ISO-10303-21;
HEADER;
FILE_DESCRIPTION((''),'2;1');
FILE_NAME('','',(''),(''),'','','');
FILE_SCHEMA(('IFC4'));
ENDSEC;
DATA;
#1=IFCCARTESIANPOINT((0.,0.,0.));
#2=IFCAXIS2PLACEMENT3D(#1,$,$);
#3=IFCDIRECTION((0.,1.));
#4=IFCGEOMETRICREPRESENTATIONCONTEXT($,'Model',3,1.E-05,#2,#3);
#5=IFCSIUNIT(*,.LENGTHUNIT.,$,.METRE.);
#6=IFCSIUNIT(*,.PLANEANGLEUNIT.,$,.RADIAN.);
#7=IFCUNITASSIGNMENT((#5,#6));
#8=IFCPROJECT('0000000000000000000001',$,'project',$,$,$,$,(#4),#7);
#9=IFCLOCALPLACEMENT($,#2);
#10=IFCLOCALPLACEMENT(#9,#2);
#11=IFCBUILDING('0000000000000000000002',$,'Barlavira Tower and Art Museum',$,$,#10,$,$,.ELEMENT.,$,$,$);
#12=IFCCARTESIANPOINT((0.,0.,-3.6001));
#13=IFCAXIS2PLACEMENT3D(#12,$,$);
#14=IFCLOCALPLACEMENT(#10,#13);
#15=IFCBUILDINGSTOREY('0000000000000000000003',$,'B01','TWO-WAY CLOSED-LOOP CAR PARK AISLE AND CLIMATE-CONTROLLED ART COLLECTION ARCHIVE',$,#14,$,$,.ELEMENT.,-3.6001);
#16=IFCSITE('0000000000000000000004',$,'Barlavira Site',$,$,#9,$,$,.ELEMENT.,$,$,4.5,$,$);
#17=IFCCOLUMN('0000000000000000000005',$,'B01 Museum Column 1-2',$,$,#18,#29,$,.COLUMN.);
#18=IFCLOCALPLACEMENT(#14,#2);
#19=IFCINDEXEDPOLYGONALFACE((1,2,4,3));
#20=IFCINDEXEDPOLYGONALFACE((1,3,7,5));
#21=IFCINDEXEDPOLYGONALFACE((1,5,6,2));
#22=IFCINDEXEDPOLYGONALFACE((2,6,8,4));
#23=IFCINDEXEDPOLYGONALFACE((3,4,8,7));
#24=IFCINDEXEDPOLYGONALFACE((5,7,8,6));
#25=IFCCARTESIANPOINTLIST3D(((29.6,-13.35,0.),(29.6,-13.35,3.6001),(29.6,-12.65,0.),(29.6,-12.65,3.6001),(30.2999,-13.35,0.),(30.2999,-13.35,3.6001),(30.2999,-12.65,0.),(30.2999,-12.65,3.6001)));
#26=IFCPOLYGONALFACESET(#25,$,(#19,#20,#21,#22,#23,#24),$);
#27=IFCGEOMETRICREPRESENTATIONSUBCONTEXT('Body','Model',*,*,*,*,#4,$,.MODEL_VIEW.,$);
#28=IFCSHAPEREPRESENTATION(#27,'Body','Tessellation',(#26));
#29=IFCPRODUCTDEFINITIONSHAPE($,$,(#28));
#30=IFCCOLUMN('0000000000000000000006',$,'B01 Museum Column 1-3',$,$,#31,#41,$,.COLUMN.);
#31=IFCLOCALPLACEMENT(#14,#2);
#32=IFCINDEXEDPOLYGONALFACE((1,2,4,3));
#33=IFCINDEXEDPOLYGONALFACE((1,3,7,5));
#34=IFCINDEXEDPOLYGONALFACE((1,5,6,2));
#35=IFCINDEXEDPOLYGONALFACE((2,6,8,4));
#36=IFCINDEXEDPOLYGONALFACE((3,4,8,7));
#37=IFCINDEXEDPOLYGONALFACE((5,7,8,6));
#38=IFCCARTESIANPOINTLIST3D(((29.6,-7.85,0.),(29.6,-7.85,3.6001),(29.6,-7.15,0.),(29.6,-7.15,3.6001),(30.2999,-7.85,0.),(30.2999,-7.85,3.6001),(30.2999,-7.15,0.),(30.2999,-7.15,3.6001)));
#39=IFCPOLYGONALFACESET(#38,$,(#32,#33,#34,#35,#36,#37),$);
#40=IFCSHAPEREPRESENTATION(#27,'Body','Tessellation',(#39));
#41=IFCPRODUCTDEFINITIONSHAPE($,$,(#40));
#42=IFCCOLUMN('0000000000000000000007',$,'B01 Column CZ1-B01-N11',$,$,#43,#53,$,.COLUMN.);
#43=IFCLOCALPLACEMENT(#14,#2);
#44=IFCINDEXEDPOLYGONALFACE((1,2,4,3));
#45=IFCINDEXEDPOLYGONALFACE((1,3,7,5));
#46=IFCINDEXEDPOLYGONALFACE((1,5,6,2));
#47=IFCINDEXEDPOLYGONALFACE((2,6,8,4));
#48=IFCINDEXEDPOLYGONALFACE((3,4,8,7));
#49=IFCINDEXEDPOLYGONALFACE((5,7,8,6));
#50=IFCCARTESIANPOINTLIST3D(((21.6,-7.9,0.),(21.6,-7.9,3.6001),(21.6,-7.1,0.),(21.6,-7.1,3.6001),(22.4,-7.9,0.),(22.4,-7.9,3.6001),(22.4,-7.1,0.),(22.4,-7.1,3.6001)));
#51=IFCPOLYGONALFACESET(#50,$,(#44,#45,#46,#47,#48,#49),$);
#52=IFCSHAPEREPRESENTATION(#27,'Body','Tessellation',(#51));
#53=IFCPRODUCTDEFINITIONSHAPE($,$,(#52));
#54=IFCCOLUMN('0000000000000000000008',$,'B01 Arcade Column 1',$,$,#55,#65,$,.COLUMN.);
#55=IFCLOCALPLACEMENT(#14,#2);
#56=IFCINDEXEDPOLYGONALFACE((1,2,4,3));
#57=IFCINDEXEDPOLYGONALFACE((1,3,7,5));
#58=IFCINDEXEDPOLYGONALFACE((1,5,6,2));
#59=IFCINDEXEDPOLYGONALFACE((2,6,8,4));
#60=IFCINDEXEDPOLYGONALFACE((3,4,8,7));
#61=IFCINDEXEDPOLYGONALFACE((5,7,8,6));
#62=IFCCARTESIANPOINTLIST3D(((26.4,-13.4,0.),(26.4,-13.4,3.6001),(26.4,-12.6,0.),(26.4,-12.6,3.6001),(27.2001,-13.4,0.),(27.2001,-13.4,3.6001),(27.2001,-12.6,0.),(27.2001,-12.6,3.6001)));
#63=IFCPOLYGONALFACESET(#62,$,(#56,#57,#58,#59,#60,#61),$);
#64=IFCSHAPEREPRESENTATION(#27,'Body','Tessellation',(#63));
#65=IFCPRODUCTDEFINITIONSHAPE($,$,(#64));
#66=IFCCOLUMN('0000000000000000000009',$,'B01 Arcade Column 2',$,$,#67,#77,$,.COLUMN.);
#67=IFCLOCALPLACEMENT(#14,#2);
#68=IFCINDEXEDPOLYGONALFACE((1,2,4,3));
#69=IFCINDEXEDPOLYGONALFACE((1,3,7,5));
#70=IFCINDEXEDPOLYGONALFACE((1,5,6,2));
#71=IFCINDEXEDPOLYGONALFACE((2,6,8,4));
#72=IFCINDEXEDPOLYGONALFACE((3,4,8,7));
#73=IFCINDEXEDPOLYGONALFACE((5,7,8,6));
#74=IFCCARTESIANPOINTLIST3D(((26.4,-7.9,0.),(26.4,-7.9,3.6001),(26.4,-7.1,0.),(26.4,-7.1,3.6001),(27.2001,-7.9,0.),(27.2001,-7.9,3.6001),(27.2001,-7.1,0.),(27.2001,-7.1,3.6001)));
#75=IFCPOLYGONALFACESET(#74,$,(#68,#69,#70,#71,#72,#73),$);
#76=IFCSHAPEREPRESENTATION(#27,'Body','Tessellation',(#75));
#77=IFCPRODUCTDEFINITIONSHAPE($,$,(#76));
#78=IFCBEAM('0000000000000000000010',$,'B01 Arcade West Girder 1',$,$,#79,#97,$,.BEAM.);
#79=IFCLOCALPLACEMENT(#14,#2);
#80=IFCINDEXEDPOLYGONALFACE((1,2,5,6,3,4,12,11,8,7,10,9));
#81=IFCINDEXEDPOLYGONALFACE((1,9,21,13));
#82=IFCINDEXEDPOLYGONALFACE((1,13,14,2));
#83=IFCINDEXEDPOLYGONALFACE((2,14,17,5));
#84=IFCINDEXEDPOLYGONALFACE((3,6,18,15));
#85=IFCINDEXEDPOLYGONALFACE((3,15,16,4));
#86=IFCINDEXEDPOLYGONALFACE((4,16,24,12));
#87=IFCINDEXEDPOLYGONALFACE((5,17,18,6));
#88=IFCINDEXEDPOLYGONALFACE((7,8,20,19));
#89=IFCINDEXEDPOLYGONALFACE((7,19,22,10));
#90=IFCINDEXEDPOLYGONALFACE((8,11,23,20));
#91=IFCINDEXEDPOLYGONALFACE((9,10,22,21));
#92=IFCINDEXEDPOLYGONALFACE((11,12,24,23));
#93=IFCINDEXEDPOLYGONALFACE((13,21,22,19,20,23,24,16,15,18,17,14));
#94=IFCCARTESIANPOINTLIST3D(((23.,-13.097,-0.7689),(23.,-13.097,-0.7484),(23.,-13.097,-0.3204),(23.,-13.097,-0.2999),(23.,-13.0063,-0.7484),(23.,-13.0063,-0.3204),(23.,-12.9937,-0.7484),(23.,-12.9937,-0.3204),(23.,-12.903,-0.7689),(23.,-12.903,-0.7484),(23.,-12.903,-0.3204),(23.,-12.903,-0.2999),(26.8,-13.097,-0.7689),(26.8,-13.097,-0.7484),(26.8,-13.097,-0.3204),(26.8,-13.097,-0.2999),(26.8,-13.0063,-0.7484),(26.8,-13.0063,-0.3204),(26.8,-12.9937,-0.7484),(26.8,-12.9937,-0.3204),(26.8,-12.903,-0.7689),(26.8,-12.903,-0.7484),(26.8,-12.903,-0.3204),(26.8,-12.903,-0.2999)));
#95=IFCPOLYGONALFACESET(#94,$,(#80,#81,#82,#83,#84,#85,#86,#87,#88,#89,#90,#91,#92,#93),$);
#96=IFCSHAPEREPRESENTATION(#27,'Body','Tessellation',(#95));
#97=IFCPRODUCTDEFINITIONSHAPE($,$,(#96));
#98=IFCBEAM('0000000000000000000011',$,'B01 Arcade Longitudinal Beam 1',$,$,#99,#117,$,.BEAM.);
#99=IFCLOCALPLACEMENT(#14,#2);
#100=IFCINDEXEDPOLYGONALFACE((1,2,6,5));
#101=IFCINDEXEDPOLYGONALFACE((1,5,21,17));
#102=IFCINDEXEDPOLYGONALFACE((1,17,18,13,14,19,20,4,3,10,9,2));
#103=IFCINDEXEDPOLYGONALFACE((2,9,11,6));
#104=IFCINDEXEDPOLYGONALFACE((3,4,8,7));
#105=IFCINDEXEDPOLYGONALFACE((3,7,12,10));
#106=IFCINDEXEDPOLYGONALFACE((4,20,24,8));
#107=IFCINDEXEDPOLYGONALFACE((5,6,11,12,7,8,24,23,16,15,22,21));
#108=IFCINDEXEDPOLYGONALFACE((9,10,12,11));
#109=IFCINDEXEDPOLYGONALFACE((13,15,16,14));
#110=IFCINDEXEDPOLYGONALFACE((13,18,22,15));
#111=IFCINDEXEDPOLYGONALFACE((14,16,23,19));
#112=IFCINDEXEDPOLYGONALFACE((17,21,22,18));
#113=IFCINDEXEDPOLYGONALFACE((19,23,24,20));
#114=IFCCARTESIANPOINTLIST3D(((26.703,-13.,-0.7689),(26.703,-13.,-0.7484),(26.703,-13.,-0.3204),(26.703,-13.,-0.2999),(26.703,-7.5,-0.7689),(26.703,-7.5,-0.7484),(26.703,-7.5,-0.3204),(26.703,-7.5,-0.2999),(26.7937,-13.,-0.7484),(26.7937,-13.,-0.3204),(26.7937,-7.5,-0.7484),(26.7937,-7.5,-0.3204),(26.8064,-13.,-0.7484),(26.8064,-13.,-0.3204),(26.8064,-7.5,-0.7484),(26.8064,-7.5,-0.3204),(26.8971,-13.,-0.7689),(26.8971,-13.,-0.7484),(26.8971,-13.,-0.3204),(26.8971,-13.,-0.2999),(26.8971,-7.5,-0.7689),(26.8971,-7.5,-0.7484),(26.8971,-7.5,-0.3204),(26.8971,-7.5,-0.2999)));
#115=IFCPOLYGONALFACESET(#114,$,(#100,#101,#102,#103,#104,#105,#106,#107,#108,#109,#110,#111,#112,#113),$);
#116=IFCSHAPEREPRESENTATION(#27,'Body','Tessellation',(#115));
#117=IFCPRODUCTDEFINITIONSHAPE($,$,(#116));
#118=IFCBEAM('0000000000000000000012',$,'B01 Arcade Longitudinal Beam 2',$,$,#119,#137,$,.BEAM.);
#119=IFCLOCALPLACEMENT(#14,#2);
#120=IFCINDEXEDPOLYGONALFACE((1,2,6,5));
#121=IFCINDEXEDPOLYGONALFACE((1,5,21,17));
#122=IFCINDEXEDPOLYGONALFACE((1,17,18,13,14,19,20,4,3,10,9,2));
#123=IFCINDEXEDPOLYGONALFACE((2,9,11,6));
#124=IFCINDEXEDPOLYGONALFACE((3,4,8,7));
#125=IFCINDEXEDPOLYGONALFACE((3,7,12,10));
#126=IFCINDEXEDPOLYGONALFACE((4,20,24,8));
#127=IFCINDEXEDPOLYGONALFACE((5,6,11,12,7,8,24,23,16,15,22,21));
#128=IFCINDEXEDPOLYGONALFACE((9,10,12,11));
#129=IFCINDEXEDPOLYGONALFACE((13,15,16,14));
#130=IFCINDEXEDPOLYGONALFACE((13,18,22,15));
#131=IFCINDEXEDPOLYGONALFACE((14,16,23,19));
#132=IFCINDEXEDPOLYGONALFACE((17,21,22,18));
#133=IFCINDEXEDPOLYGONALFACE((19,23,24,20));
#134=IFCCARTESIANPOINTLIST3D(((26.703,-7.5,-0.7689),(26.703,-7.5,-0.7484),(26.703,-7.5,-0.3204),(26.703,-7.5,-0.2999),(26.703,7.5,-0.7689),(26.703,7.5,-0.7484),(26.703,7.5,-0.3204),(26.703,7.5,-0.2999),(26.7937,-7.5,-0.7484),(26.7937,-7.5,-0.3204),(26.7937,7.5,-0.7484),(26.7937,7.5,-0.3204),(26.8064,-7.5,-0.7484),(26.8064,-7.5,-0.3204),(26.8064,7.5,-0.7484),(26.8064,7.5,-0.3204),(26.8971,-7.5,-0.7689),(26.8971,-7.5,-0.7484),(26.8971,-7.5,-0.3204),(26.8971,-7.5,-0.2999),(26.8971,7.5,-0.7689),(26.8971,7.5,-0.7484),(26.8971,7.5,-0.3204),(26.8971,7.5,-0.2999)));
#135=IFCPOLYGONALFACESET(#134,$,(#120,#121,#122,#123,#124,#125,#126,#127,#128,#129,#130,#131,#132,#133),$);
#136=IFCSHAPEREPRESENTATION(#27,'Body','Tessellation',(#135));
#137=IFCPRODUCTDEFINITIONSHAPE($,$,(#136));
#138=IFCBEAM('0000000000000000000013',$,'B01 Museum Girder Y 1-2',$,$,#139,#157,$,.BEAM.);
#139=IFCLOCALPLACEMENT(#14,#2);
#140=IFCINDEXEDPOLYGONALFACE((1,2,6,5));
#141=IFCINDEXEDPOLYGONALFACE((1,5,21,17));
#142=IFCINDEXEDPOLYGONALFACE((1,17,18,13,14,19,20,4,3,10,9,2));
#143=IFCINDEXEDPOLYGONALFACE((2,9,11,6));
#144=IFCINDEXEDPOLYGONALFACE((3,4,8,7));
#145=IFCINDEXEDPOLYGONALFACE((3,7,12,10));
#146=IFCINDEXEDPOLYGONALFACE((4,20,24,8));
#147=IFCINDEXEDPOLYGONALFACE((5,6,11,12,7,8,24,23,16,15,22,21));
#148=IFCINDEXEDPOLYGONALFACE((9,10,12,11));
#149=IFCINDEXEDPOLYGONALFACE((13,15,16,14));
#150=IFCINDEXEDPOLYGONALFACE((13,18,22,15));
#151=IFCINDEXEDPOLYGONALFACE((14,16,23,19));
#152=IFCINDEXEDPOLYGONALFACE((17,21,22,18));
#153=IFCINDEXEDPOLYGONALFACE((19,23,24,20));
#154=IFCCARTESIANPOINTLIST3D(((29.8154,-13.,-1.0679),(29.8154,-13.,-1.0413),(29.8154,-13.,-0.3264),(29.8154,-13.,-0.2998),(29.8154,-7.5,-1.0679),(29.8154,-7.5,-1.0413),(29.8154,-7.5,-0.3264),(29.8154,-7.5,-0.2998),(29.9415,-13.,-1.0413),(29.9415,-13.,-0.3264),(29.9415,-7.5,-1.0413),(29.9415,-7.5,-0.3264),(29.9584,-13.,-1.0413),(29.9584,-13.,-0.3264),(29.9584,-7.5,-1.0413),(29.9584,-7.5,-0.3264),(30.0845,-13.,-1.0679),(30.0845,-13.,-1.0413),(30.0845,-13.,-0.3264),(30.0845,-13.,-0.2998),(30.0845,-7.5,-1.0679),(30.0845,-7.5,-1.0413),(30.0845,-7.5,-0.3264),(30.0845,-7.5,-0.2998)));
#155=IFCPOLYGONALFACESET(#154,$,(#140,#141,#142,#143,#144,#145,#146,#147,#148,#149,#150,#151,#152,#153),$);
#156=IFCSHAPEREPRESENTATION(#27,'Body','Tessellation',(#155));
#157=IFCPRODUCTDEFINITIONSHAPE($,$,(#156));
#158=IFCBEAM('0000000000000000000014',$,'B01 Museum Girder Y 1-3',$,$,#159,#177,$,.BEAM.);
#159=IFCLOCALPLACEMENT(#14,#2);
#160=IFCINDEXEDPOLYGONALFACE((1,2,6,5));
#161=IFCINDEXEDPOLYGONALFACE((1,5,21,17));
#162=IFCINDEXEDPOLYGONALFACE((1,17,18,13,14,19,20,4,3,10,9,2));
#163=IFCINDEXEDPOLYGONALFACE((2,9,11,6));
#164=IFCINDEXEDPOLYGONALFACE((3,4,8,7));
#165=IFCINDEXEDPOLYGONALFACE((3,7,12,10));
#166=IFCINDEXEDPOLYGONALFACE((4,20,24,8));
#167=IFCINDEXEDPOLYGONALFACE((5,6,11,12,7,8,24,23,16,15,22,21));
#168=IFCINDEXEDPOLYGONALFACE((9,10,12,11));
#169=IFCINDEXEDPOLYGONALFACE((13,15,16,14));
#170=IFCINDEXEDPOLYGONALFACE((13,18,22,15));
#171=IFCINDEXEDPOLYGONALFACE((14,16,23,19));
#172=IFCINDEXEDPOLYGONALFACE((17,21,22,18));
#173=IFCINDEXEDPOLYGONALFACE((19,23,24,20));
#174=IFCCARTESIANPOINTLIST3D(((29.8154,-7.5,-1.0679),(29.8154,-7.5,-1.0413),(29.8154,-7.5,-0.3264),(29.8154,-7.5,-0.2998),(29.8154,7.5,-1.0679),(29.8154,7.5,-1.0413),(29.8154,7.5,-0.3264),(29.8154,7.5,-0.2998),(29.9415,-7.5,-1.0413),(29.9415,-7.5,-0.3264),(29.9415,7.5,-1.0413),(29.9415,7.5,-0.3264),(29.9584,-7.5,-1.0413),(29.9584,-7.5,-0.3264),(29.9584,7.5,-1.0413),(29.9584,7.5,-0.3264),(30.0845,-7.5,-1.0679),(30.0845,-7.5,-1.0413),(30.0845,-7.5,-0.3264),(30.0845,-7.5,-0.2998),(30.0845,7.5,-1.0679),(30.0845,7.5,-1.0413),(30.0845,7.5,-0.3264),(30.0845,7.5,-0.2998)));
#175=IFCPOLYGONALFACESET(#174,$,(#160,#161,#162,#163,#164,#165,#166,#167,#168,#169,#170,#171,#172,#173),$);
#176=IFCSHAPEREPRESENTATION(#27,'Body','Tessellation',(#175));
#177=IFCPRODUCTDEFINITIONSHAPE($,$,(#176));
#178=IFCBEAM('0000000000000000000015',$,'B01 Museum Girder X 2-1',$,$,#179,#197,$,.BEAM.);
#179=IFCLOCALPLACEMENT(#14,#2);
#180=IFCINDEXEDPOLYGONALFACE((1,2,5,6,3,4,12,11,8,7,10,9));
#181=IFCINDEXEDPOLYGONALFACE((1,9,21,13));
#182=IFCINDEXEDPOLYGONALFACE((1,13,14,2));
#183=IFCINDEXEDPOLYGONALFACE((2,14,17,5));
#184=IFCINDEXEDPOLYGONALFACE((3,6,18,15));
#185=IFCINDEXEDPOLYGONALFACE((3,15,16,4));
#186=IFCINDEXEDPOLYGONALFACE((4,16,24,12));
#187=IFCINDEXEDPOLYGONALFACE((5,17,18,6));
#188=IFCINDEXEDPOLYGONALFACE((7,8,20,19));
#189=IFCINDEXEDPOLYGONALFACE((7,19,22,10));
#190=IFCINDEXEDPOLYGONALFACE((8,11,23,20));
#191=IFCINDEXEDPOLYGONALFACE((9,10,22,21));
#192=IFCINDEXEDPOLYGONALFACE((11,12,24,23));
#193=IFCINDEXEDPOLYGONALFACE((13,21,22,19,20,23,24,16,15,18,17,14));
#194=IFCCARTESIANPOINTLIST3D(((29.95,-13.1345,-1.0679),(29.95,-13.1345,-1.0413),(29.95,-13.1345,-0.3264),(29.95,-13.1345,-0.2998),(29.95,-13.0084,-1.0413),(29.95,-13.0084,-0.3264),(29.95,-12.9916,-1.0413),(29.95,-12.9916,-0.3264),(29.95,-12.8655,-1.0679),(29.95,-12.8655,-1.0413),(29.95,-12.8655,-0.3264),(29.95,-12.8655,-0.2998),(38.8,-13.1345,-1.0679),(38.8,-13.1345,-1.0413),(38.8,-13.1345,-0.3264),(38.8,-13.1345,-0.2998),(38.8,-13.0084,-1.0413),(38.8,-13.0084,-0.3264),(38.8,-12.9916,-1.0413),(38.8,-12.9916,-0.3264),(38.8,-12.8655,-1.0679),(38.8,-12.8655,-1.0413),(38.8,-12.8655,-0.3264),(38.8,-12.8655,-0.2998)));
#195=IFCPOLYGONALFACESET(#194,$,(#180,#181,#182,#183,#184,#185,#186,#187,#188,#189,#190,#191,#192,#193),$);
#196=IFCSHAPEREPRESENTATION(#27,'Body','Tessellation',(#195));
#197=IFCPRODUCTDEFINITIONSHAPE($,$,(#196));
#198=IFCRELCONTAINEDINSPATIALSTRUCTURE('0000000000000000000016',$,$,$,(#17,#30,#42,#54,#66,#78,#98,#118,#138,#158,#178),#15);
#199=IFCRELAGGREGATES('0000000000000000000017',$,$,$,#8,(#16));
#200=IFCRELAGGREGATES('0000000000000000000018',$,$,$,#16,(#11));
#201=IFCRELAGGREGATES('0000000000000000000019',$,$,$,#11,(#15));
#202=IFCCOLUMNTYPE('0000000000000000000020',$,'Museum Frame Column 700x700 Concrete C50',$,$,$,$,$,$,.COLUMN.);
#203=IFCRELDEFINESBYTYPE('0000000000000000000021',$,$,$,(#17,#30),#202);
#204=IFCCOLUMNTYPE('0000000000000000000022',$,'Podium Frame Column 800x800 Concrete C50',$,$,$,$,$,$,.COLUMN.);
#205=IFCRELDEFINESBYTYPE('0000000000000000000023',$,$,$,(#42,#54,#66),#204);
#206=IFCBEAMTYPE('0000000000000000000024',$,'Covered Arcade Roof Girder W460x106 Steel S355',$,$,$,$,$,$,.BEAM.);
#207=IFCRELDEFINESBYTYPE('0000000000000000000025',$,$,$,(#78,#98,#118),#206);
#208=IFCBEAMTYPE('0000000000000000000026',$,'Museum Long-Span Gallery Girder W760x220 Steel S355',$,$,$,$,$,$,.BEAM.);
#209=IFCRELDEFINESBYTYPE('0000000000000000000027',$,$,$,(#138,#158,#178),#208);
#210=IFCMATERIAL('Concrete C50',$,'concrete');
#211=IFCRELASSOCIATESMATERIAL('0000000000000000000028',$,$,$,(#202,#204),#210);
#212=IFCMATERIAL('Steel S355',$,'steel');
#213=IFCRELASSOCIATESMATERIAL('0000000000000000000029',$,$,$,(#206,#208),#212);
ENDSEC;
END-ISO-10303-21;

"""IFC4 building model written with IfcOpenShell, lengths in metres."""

from ifc_helpers import new_model, si_unit, direction, frame, origin, origin_2d, place, context, subcontext, project, spatial, rectangle, i_section, extrude, material, material_profile, profile_set, type_object, element, save


model = new_model("IFC4")

# Units and contexts
model_context = context("Model", 3, precision=1e-05, world=origin(), true_north=direction((0.0, 1.0)))
body_context = subcontext(model_context, "Body", "Model", "MODEL_VIEW")
ifc_project = project(units=[si_unit("LENGTHUNIT", "METRE"), si_unit("PLANEANGLEUNIT", "RADIAN")], contexts=[model_context])

# Site, building, storey
site_placement = place(None, origin())
site = spatial("IfcSite", under=ifc_project, at=site_placement, Name="Barlavira Site", CompositionType="ELEMENT", RefElevation=4.5)
building_placement = place(site_placement, origin())
building = spatial("IfcBuilding", under=site, at=building_placement, Name="Barlavira Tower and Art Museum", CompositionType="ELEMENT")
storey_placement = place(building_placement, frame((0.0, 0.0, -3.6001)))
storey = spatial("IfcBuildingStorey", under=building, at=storey_placement, Name="B01", Description="TWO-WAY CLOSED-LOOP CAR PARK AISLE AND CLIMATE-CONTROLLED ART COLLECTION ARCHIVE", CompositionType="ELEMENT", Elevation=-3.6001)

# Columns
ifc_material_1 = material(Name="Concrete C50", Category="concrete")
ifc_material_profile_1 = material_profile(ifc_material_1, rectangle(XDim=0.7, YDim=0.7, at=origin_2d()), Name="RC-COL 700x700")
ifc_profile_set_1 = profile_set([ifc_material_profile_1], Name="Concrete C50")
column_type_1 = type_object("IfcColumnType", Name="Museum Frame Column 700x700 Concrete C50", PredefinedType="COLUMN", material=ifc_profile_set_1)
for number, where, z_axis, x_axis, name in (
    (1, (29.95, -13.0, 0.0), (0.0, 0.0, 1.0), (1.0, 0.0, 0.0), "B01 Museum Column 1-2"),
    (2, (29.95, -7.5, 0.0), (0.0, 0.0, 1.0), (1.0, 0.0, 0.0), "B01 Museum Column 1-3"),
):
    element("IfcColumn", number, at=place(storey_placement, frame(where, z_axis=z_axis, x_axis=x_axis)), inside=storey, type_object=column_type_1, Name=name, PredefinedType="COLUMN", context=body_context, shape_type="SweptSolid", body=[
        extrude(rectangle(XDim=0.7, YDim=0.7, at=origin_2d()), origin(), (0.0, 0.0, 1.0), 3.6001),
    ])
ifc_material_profile_2 = material_profile(ifc_material_1, rectangle(XDim=0.8, YDim=0.8, at=origin_2d()), Name="RC-COL 800x800")
ifc_profile_set_2 = profile_set([ifc_material_profile_2], Name="Concrete C50")
column_type_2 = type_object("IfcColumnType", Name="Podium Frame Column 800x800 Concrete C50", PredefinedType="COLUMN", material=ifc_profile_set_2)
for number, where, z_axis, x_axis, name in (
    (3, (22.0, -7.5, 0.0), (0.0, 0.0, 1.0), (1.0, 0.0, 0.0), "B01 Column CZ1-B01-N11"),
    (4, (26.8, -13.0, 0.0), (0.0, 0.0, 1.0), (1.0, 0.0, 0.0), "B01 Arcade Column 1"),
    (5, (26.8, -7.5, 0.0), (0.0, 0.0, 1.0), (1.0, 0.0, 0.0), "B01 Arcade Column 2"),
):
    element("IfcColumn", number, at=place(storey_placement, frame(where, z_axis=z_axis, x_axis=x_axis)), inside=storey, type_object=column_type_2, Name=name, PredefinedType="COLUMN", context=body_context, shape_type="SweptSolid", body=[
        extrude(rectangle(XDim=0.8, YDim=0.8, at=origin_2d()), origin(), (0.0, 0.0, 1.0), 3.6001),
    ])

# Beams
ifc_material_2 = material(Name="Steel S355", Category="steel")
ifc_material_profile_3 = material_profile(ifc_material_2, i_section(OverallWidth=0.1941, OverallDepth=0.469, WebThickness=0.0127, FlangeThickness=0.0205, at=origin_2d()), Name="W460x106.0")
ifc_profile_set_3 = profile_set([ifc_material_profile_3], Name="Steel S355")
beam_type_1 = type_object("IfcBeamType", Name="Covered Arcade Roof Girder W460x106 Steel S355", PredefinedType="BEAM", material=ifc_profile_set_3)
beam_1_placement = place(storey_placement, frame((23.0, -13.0, -0.5344), z_axis=(1.0, 0.0, 0.0), x_axis=(0.0, 1.0, 0.0)))
element("IfcBeam", 6, at=beam_1_placement, inside=storey, type_object=beam_type_1, Name="B01 Arcade West Girder 1", PredefinedType="BEAM", context=body_context, shape_type="SweptSolid", body=[
    extrude(i_section(OverallWidth=0.1941, OverallDepth=0.469, WebThickness=0.0127, FlangeThickness=0.0205, at=origin_2d()), origin(), (0.0, 0.0, 1.0), 3.8),
])
beam_2_placement = place(storey_placement, frame((26.8, -13.0, -0.5344), z_axis=(0.0, 1.0, 0.0), x_axis=(-1.0, 0.0, 0.0)))
element("IfcBeam", 7, at=beam_2_placement, inside=storey, type_object=beam_type_1, Name="B01 Arcade Longitudinal Beam 1", PredefinedType="BEAM", context=body_context, shape_type="SweptSolid", body=[
    extrude(i_section(OverallWidth=0.1941, OverallDepth=0.469, WebThickness=0.0127, FlangeThickness=0.0205, at=origin_2d()), origin(), (0.0, 0.0, 1.0), 5.5),
])
beam_3_placement = place(storey_placement, frame((26.8, -7.5, -0.5344), z_axis=(0.0, 1.0, 0.0), x_axis=(-1.0, 0.0, 0.0)))
element("IfcBeam", 8, at=beam_3_placement, inside=storey, type_object=beam_type_1, Name="B01 Arcade Longitudinal Beam 2", PredefinedType="BEAM", context=body_context, shape_type="SweptSolid", body=[
    extrude(i_section(OverallWidth=0.1941, OverallDepth=0.469, WebThickness=0.0127, FlangeThickness=0.0205, at=origin_2d()), origin(), (0.0, 0.0, 1.0), 15.0),
])
ifc_material_profile_4 = material_profile(ifc_material_2, i_section(OverallWidth=0.269, OverallDepth=0.7681, WebThickness=0.0168, FlangeThickness=0.0266, at=origin_2d()), Name="W760x220.0")
ifc_profile_set_4 = profile_set([ifc_material_profile_4], Name="Steel S355")
beam_type_2 = type_object("IfcBeamType", Name="Museum Long-Span Gallery Girder W760x220 Steel S355", PredefinedType="BEAM", material=ifc_profile_set_4)
beam_4_placement = place(storey_placement, frame((29.95, -13.0, -0.6838), z_axis=(0.0, 1.0, 0.0), x_axis=(-1.0, 0.0, 0.0)))
element("IfcBeam", 9, at=beam_4_placement, inside=storey, type_object=beam_type_2, Name="B01 Museum Girder Y 1-2", PredefinedType="BEAM", context=body_context, shape_type="SweptSolid", body=[
    extrude(i_section(OverallWidth=0.269, OverallDepth=0.7681, WebThickness=0.0168, FlangeThickness=0.0266, at=origin_2d()), origin(), (0.0, 0.0, 1.0), 5.5),
])
beam_5_placement = place(storey_placement, frame((29.95, -7.5, -0.6838), z_axis=(0.0, 1.0, 0.0), x_axis=(-1.0, 0.0, 0.0)))
element("IfcBeam", 10, at=beam_5_placement, inside=storey, type_object=beam_type_2, Name="B01 Museum Girder Y 1-3", PredefinedType="BEAM", context=body_context, shape_type="SweptSolid", body=[
    extrude(i_section(OverallWidth=0.269, OverallDepth=0.7681, WebThickness=0.0168, FlangeThickness=0.0266, at=origin_2d()), origin(), (0.0, 0.0, 1.0), 15.0),
])
for number, where, z_axis, x_axis, name in (
    (11, (29.95, -13.0, -0.6838), (1.0, 0.0, 0.0), (0.0, 1.0, 0.0), "B01 Museum Girder X 2-1"),
):
    element("IfcBeam", number, at=place(storey_placement, frame(where, z_axis=z_axis, x_axis=x_axis)), inside=storey, type_object=beam_type_2, Name=name, PredefinedType="BEAM", context=body_context, shape_type="SweptSolid", body=[
        extrude(i_section(OverallWidth=0.269, OverallDepth=0.7681, WebThickness=0.0168, FlangeThickness=0.0266, at=origin_2d()), origin(), (0.0, 0.0, 1.0), 8.8501),
    ])

save(model, "model.ifc")
